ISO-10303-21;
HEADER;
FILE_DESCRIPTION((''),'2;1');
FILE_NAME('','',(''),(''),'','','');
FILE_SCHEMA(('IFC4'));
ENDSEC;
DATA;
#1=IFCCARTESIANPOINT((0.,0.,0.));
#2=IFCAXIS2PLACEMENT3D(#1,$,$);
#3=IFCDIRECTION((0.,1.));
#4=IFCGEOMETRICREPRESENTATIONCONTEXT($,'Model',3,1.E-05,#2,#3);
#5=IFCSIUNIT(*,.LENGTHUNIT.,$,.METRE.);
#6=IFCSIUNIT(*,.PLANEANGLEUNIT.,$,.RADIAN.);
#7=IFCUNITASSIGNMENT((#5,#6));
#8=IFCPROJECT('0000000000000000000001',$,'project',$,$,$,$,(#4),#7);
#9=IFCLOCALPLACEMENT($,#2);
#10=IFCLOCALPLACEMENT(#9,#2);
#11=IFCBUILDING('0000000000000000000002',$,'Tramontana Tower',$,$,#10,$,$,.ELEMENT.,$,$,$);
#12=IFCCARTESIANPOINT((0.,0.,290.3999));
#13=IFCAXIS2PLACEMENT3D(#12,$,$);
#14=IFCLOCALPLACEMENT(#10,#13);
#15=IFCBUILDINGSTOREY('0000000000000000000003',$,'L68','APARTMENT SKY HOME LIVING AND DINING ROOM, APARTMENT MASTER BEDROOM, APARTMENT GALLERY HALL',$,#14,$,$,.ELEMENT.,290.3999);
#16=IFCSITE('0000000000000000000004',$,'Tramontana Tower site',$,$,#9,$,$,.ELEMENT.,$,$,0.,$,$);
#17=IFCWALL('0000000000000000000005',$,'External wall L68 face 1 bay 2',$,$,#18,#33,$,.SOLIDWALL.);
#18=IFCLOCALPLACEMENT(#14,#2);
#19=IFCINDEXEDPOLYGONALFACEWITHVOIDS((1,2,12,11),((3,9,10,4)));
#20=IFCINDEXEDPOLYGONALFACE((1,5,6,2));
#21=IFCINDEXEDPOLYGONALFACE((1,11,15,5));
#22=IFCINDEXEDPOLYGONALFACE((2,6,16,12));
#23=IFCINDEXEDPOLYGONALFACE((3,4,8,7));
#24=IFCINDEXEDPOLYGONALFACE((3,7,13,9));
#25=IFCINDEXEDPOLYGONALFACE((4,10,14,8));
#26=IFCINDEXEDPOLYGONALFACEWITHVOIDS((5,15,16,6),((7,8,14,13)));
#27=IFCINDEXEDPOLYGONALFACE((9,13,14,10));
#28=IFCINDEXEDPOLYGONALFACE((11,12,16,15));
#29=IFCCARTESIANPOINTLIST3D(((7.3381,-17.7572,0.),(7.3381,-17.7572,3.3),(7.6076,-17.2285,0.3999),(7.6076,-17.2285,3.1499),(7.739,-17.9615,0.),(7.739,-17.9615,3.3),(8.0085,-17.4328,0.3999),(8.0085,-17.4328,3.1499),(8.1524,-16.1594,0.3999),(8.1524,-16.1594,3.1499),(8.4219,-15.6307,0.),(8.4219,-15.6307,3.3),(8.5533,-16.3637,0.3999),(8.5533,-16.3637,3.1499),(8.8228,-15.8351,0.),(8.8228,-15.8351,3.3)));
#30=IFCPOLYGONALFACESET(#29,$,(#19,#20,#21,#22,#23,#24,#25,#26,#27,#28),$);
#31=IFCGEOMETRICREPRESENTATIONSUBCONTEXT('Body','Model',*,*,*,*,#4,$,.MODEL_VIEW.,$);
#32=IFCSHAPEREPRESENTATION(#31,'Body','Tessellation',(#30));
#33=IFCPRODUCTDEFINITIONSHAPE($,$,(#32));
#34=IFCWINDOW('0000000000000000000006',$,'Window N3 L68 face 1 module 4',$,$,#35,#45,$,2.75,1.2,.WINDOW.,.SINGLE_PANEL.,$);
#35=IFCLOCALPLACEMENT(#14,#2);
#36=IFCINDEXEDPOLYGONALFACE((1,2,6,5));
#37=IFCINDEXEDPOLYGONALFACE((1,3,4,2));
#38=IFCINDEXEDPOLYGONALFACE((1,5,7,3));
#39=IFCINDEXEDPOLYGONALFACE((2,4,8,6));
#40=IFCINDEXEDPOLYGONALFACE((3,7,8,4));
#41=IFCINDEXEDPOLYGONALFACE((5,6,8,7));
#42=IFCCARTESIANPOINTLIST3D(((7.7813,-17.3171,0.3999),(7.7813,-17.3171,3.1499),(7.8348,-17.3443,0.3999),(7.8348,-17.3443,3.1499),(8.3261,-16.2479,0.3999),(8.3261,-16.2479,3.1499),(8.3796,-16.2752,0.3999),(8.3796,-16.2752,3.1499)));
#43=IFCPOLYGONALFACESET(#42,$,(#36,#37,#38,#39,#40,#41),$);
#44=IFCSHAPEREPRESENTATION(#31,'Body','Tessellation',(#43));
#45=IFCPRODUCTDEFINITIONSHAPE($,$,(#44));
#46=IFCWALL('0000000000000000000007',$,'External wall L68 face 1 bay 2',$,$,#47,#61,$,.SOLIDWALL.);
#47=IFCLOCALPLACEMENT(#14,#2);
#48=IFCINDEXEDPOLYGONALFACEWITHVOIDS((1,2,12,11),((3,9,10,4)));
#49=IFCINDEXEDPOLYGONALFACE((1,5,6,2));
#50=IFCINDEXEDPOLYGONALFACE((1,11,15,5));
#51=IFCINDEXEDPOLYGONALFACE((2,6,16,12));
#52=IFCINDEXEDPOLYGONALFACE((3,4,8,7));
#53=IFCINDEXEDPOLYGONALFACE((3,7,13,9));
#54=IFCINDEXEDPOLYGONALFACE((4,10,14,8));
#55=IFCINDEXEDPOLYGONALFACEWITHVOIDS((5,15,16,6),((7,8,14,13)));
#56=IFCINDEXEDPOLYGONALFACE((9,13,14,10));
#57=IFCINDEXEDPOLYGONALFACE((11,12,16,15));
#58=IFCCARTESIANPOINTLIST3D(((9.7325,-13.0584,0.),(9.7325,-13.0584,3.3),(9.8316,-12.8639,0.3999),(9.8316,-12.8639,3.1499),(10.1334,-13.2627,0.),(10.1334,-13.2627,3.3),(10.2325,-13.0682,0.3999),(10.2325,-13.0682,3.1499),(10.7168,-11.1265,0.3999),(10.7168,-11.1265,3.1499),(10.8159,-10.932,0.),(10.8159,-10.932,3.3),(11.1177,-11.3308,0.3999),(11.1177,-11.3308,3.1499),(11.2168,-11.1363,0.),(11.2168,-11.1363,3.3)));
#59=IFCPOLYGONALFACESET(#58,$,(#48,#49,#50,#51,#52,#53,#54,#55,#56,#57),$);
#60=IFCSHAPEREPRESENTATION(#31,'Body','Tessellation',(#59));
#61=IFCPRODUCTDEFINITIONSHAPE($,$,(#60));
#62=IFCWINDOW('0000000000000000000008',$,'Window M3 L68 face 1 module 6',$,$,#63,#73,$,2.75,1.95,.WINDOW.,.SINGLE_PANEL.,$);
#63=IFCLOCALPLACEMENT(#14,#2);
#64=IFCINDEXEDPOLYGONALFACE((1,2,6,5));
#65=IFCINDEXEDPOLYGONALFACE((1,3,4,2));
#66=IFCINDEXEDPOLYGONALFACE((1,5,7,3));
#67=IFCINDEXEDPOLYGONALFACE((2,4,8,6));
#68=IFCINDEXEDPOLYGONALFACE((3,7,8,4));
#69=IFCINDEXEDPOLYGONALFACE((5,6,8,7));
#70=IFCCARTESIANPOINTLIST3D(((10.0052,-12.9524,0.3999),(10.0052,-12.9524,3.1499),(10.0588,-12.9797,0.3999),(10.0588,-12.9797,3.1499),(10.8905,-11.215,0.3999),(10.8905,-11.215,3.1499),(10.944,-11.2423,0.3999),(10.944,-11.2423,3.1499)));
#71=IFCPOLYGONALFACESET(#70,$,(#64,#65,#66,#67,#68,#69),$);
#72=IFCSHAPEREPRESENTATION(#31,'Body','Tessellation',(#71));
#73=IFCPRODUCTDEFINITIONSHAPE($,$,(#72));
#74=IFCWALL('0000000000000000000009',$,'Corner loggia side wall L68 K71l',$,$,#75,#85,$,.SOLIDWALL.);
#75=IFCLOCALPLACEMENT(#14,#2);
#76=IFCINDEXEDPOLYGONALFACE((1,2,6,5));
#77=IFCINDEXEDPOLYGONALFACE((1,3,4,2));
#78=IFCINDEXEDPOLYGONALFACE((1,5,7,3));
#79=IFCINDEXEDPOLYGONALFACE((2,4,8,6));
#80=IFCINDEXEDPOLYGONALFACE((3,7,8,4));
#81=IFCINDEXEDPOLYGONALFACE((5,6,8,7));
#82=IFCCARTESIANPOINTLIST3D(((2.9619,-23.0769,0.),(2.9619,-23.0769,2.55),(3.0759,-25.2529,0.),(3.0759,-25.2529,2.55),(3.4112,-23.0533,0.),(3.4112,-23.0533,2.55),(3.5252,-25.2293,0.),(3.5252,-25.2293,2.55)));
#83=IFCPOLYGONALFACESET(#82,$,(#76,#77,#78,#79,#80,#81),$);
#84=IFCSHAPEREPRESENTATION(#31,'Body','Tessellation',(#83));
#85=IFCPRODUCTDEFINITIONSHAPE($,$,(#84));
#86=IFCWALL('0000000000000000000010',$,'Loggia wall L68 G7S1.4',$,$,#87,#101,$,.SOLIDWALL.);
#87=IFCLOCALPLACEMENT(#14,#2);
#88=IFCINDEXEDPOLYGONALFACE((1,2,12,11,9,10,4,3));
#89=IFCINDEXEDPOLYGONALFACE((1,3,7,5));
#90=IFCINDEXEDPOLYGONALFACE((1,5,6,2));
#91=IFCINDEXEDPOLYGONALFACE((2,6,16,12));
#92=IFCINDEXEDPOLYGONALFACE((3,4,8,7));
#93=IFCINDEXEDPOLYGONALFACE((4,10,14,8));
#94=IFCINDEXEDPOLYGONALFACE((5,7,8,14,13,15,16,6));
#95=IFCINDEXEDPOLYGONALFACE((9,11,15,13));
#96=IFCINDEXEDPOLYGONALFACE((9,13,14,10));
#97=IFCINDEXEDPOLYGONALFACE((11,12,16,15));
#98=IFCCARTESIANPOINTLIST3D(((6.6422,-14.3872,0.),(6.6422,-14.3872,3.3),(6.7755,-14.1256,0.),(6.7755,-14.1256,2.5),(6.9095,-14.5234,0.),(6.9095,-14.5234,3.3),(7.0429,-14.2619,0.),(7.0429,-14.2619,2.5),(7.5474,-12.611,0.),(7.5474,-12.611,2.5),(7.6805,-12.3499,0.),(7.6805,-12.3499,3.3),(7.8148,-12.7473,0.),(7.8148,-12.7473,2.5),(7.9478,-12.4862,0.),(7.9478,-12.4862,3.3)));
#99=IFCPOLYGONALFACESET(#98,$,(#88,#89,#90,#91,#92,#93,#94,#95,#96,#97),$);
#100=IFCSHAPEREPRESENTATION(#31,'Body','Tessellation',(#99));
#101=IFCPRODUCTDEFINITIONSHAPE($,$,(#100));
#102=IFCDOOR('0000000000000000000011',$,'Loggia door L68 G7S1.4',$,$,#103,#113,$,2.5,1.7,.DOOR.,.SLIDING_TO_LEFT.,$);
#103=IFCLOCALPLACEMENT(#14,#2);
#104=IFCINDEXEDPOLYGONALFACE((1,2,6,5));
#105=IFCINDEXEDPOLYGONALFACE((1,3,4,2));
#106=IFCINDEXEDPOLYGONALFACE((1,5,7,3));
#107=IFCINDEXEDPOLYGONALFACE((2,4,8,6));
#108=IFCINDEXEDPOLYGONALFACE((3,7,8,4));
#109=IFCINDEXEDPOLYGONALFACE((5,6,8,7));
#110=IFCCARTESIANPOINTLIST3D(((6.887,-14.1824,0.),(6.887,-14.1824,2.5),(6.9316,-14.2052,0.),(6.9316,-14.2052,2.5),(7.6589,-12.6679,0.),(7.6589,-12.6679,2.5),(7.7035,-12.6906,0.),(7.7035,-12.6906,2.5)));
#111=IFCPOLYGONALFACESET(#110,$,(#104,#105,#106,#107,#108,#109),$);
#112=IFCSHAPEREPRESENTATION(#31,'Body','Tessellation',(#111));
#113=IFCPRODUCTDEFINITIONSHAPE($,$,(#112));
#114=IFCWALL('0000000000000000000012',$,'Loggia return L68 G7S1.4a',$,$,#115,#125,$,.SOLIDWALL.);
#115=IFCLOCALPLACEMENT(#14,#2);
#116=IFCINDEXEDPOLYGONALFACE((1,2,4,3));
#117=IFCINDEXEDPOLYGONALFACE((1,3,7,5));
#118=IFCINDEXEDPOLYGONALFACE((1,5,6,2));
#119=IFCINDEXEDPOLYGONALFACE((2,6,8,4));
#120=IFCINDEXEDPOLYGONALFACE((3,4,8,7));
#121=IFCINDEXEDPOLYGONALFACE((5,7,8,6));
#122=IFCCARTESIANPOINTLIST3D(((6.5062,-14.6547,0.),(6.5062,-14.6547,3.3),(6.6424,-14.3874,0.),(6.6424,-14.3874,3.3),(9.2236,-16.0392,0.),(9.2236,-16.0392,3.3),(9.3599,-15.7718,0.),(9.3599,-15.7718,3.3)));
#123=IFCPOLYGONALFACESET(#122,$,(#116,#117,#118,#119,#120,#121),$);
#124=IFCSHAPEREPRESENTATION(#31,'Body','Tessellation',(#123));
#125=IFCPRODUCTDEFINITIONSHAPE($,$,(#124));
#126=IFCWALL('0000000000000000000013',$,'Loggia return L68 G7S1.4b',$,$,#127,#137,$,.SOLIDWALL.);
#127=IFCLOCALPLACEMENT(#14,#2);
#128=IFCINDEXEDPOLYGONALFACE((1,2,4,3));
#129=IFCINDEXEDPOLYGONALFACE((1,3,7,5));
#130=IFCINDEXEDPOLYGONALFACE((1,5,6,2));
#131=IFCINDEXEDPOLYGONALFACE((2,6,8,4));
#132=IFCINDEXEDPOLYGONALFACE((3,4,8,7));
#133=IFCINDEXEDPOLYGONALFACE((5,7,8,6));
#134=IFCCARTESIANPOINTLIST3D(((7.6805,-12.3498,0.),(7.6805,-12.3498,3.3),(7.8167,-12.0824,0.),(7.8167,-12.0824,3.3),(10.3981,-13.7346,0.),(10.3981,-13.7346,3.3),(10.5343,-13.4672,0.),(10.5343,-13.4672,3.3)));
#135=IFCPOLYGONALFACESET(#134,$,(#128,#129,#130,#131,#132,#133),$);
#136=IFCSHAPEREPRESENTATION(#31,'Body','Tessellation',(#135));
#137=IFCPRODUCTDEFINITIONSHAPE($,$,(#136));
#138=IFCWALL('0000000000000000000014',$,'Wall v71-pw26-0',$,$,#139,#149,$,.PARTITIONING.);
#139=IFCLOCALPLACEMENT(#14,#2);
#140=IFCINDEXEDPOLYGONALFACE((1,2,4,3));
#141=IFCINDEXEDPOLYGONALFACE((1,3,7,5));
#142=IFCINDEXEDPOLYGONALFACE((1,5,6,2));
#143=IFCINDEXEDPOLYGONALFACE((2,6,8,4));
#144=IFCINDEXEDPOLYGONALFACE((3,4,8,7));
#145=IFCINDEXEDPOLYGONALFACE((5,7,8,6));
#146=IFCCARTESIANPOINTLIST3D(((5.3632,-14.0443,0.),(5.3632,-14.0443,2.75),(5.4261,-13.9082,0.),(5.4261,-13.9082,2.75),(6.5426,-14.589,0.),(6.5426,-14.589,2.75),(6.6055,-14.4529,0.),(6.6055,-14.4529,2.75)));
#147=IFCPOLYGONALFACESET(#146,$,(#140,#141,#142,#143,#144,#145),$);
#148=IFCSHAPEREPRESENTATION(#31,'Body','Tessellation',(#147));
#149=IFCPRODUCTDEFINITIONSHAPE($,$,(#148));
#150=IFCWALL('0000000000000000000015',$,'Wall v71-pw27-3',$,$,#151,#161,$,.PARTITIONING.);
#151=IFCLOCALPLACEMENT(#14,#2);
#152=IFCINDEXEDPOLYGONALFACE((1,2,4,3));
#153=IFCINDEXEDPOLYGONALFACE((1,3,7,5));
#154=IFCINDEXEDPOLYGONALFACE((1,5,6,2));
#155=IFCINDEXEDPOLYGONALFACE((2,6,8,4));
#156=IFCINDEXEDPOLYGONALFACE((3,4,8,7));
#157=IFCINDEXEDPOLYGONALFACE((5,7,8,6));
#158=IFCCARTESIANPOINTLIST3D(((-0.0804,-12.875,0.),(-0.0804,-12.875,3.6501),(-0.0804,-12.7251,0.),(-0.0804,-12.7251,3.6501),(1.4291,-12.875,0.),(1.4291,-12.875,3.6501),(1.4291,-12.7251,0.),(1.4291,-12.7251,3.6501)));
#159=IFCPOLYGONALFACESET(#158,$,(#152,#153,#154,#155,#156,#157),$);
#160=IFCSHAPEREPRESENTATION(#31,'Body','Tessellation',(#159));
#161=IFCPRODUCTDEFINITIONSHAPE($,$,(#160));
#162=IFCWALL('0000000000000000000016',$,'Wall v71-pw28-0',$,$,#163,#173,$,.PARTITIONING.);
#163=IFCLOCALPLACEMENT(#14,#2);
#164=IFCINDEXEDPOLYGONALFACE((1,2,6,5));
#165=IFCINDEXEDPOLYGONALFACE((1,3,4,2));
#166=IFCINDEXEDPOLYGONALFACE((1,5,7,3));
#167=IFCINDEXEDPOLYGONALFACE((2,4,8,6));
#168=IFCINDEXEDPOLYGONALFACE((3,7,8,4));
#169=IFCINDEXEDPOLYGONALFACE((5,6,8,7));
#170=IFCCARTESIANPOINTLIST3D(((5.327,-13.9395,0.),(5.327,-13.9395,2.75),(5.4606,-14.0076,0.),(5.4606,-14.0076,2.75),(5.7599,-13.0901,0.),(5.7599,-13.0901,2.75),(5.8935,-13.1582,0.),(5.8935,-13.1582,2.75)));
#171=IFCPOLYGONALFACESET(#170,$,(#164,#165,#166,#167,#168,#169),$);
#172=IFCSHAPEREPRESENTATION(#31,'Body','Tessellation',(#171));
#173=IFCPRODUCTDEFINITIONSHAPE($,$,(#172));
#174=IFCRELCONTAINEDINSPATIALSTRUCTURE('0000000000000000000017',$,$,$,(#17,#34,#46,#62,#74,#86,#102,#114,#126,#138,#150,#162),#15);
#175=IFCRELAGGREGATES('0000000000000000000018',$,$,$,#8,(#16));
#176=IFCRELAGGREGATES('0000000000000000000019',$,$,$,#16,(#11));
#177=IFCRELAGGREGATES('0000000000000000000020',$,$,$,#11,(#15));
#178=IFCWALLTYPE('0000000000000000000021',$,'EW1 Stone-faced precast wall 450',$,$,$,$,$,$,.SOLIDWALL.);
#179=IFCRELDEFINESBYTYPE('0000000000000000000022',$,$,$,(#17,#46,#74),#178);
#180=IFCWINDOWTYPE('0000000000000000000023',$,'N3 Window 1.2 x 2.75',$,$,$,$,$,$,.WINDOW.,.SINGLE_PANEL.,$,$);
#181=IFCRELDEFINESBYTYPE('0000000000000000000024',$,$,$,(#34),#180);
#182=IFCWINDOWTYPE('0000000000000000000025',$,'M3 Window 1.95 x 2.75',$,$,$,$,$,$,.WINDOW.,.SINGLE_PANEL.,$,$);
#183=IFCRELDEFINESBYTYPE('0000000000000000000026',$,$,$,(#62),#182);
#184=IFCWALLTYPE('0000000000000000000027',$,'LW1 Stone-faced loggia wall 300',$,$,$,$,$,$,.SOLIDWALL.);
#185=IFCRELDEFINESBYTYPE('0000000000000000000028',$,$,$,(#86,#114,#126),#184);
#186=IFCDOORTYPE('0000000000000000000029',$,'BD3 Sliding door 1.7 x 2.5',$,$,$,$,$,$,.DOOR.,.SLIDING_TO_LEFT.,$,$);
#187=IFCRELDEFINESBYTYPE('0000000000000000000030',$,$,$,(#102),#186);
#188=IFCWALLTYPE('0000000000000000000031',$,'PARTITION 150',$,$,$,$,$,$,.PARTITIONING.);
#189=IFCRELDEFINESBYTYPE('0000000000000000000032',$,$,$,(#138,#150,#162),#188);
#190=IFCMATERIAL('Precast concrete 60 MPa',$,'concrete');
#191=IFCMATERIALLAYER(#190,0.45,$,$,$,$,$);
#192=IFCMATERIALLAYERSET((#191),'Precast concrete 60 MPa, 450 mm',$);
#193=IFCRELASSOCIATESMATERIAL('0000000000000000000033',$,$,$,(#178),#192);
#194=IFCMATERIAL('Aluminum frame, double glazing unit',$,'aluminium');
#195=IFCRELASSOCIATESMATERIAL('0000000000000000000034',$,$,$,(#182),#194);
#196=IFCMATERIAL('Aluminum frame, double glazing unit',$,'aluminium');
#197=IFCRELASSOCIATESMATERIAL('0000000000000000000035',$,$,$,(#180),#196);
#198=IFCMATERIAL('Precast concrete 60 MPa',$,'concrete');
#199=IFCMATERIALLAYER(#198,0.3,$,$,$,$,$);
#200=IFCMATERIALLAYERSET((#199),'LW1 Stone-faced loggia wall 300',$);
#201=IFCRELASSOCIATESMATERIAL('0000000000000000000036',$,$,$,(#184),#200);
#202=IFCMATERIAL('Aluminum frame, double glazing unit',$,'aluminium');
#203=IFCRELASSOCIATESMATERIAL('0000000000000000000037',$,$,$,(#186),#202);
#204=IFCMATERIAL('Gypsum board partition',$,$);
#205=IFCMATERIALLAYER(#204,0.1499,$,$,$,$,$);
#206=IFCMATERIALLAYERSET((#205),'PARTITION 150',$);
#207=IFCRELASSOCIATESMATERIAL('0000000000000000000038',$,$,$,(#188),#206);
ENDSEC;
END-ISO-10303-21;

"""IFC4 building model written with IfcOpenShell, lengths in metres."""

from ifc_helpers import new_model, si_unit, direction, frame, frame_2d, origin, place, context, subcontext, project, spatial, rectangle, extrude, material, layer, layer_set, type_object, element, fill, save


model = new_model("IFC4")

# Units and contexts
model_context = context("Model", 3, precision=1e-05, world=origin(), true_north=direction((0.0, 1.0)))
body_context = subcontext(model_context, "Body", "Model", "MODEL_VIEW")
ifc_project = project(units=[si_unit("LENGTHUNIT", "METRE"), si_unit("PLANEANGLEUNIT", "RADIAN")], contexts=[model_context])

# Site, building, storey
site_placement = place(None, origin())
site = spatial("IfcSite", under=ifc_project, at=site_placement, Name="Tramontana Tower site", CompositionType="ELEMENT", RefElevation=0.0)
building_placement = place(site_placement, origin())
building = spatial("IfcBuilding", under=site, at=building_placement, Name="Tramontana Tower", CompositionType="ELEMENT")
storey_placement = place(building_placement, frame((0.0, 0.0, 290.3999)))
storey = spatial("IfcBuildingStorey", under=building, at=storey_placement, Name="L68", Description="APARTMENT SKY HOME LIVING AND DINING ROOM, APARTMENT MASTER BEDROOM, APARTMENT GALLERY HALL", CompositionType="ELEMENT", Elevation=290.3999)

# Shared definitions
ifc_material_1 = material(Name="Precast concrete 60 MPa", Category="concrete")
ifc_layer_1 = layer(ifc_material_1, 0.45)
ifc_layer_set_1 = layer_set([ifc_layer_1], Name="Precast concrete 60 MPa, 450 mm")
wall_type_1 = type_object("IfcWallType", Name="EW1 Stone-faced precast wall 450", PredefinedType="SOLIDWALL", material=ifc_layer_set_1)
ifc_material_2 = material(Name="Aluminum frame, double glazing unit", Category="aluminium")
window_type_1 = type_object("IfcWindowType", Name="M3 Window 1.95 x 2.75", PartitioningType="SINGLE_PANEL", PredefinedType="WINDOW", material=ifc_material_2)

# Walls, openings, windows
wall_1_placement = place(storey_placement, frame((7.5386, -17.8594, 0.0), z_axis=(0.0, 0.0, 1.0), x_axis=(0.454074, 0.890964, 0.0)))
wall_1 = element("IfcWall", 1, at=wall_1_placement, inside=storey, type_object=wall_type_1, Name="External wall L68 face 1 bay 2", PredefinedType="SOLIDWALL", context=body_context, shape_type="SweptSolid", body=[
    extrude(rectangle(XDim=2.3867, YDim=0.45, at=frame_2d((1.1934, 0.0))), origin(), (0.0, 0.0, 1.0), 3.3),
])
opening_1_placement = place(wall_1_placement, frame((0.5933, 0.0, 0.3999)))
opening_1 = element("IfcOpeningElement", 2, at=opening_1_placement, cuts=wall_1, PredefinedType="OPENING", context=body_context, shape_type="SweptSolid", body=[
    extrude(rectangle(XDim=1.2, YDim=2.75, at=frame_2d((0.6001, 1.375))), frame((0.0, 0.2349, 0.0), z_axis=(0.0, -1.0, 0.0), x_axis=(1.0, 0.0, 0.0)), (0.0, 0.0, 1.0), 0.47),
])
ifc_material_3 = material(Name="Aluminum frame, double glazing unit", Category="aluminium")
window_type_2 = type_object("IfcWindowType", Name="N3 Window 1.2 x 2.75", PartitioningType="SINGLE_PANEL", PredefinedType="WINDOW", material=ifc_material_3)
window_1_placement = place(opening_1_placement, origin())
window_1 = element("IfcWindow", 3, at=window_1_placement, inside=storey, type_object=window_type_2, Name="Window N3 L68 face 1 module 4", OverallHeight=2.75, OverallWidth=1.2, PartitioningType="SINGLE_PANEL", PredefinedType="WINDOW", context=body_context, shape_type="SweptSolid", body=[
    extrude(rectangle(XDim=1.2, YDim=2.75, at=frame_2d((0.6001, 1.375))), frame((0.0, 0.03, 0.0), z_axis=(0.0, -1.0, 0.0), x_axis=(1.0, 0.0, 0.0)), (0.0, 0.0, 1.0), 0.0601),
])
fill(opening_1, window_1)
wall_2_placement = place(storey_placement, frame((9.9329, -13.1606, 0.0), z_axis=(0.0, 0.0, 1.0), x_axis=(0.453993, 0.891005, 0.0)))
wall_2 = element("IfcWall", 4, at=wall_2_placement, inside=storey, type_object=wall_type_1, Name="External wall L68 face 1 bay 2", PredefinedType="SOLIDWALL", context=body_context, shape_type="SweptSolid", body=[
    extrude(rectangle(XDim=2.3865, YDim=0.45, at=frame_2d((1.1934, 0.0))), origin(), (0.0, 0.0, 1.0), 3.3),
])
opening_2_placement = place(wall_2_placement, frame((0.2183, 0.0, 0.3999)))
opening_2 = element("IfcOpeningElement", 5, at=opening_2_placement, cuts=wall_2, PredefinedType="OPENING", context=body_context, shape_type="SweptSolid", body=[
    extrude(rectangle(XDim=1.95, YDim=2.75, at=frame_2d((0.9751, 1.375))), frame((0.0, 0.2349, 0.0), z_axis=(0.0, -1.0, 0.0), x_axis=(1.0, 0.0, 0.0)), (0.0, 0.0, 1.0), 0.47),
])
window_2_placement = place(opening_2_placement, origin())
window_2 = element("IfcWindow", 6, at=window_2_placement, inside=storey, type_object=window_type_1, Name="Window M3 L68 face 1 module 6", OverallHeight=2.75, OverallWidth=1.95, PartitioningType="SINGLE_PANEL", PredefinedType="WINDOW", context=body_context, shape_type="SweptSolid", body=[
    extrude(rectangle(XDim=1.95, YDim=2.75, at=frame_2d((0.9751, 1.375))), frame((0.0, 0.03, 0.0), z_axis=(0.0, -1.0, 0.0), x_axis=(1.0, 0.0, 0.0)), (0.0, 0.0, 1.0), 0.0601),
])
fill(opening_2, window_2)

# Wall
wall_3_placement = place(storey_placement, frame((3.3005, -25.241, 0.0), z_axis=(0.0, 0.0, 1.0), x_axis=(-0.052324, 0.99863, 0.0)))
element("IfcWall", 7, at=wall_3_placement, inside=storey, type_object=wall_type_1, Name="Corner loggia side wall L68 K71l", PredefinedType="SOLIDWALL", context=body_context, shape_type="SweptSolid", body=[
    extrude(rectangle(XDim=2.179, YDim=0.45, at=frame_2d((1.0894, 0.0))), origin(), (0.0, 0.0, 1.0), 2.55),
])

# Wall, opening, door
ifc_material_4 = material(Name="Precast concrete 60 MPa", Category="concrete")
ifc_layer_2 = layer(ifc_material_4, 0.3)
ifc_layer_set_2 = layer_set([ifc_layer_2], Name="LW1 Stone-faced loggia wall 300")
wall_type_2 = type_object("IfcWallType", Name="LW1 Stone-faced loggia wall 300", PredefinedType="SOLIDWALL", material=ifc_layer_set_2)
wall_4_placement = place(storey_placement, frame((6.7759, -14.4553, 0.0), z_axis=(0.0, 0.0, 1.0), x_axis=(0.454076, 0.890963, 0.0)))
wall_4 = element("IfcWall", 8, at=wall_4_placement, inside=storey, type_object=wall_type_2, Name="Loggia wall L68 G7S1.4", PredefinedType="SOLIDWALL", context=body_context, shape_type="SweptSolid", body=[
    extrude(rectangle(XDim=2.2866, YDim=0.3, at=frame_2d((1.1433, 0.0))), origin(), (0.0, 0.0, 1.0), 3.3),
])
opening_3_placement = place(wall_4_placement, frame((0.2935, 0.0, 0.0)))
opening_3 = element("IfcOpeningElement", 9, at=opening_3_placement, cuts=wall_4, PredefinedType="OPENING", context=body_context, shape_type="SweptSolid", body=[
    extrude(rectangle(XDim=1.7, YDim=2.5, at=frame_2d((0.8501, 1.25))), frame((0.0, 0.1599, 0.0), z_axis=(0.0, -1.0, 0.0), x_axis=(1.0, 0.0, 0.0)), (0.0, 0.0, 1.0), 0.3201),
])
ifc_material_5 = material(Name="Aluminum frame, double glazing unit", Category="aluminium")
door_type_1 = type_object("IfcDoorType", Name="BD3 Sliding door 1.7 x 2.5", OperationType="SLIDING_TO_LEFT", PredefinedType="DOOR", material=ifc_material_5)
door_1_placement = place(opening_3_placement, origin())
door_1 = element("IfcDoor", 10, at=door_1_placement, inside=storey, type_object=door_type_1, Name="Loggia door L68 G7S1.4", OperationType="SLIDING_TO_LEFT", OverallHeight=2.5, OverallWidth=1.7, PredefinedType="DOOR", context=body_context, shape_type="SweptSolid", body=[
    extrude(rectangle(XDim=1.7, YDim=2.5, at=frame_2d((0.8501, 1.25))), frame((0.0, 0.0249, 0.0), z_axis=(0.0, -1.0, 0.0), x_axis=(1.0, 0.0, 0.0)), (0.0, 0.0, 1.0), 0.05),
])
fill(opening_3, door_1)

# Walls
wall_5_placement = place(storey_placement, frame((9.2917, -15.9055, 0.0), z_axis=(0.0, 0.0, 1.0), x_axis=(-0.891024, 0.453957, 0.0)))
element("IfcWall", 11, at=wall_5_placement, inside=storey, type_object=wall_type_2, Name="Loggia return L68 G7S1.4a", PredefinedType="SOLIDWALL", context=body_context, shape_type="SweptSolid", body=[
    extrude(rectangle(XDim=3.0498, YDim=0.3, at=frame_2d((1.5249, 0.0))), origin(), (0.0, 0.0, 1.0), 3.3),
])
wall_6_placement = place(storey_placement, frame((10.4661, -13.6008, 0.0), z_axis=(0.0, 0.0, 1.0), x_axis=(-0.890991, 0.454021, 0.0)))
element("IfcWall", 12, at=wall_6_placement, inside=storey, type_object=wall_type_2, Name="Loggia return L68 G7S1.4b", PredefinedType="SOLIDWALL", context=body_context, shape_type="SweptSolid", body=[
    extrude(rectangle(XDim=3.05, YDim=0.3, at=frame_2d((1.5249, 0.0))), origin(), (0.0, 0.0, 1.0), 3.3),
])
ifc_material_6 = material(Name="Gypsum board partition")
ifc_layer_3 = layer(ifc_material_6, 0.1499)
ifc_layer_set_3 = layer_set([ifc_layer_3], Name="PARTITION 150")
wall_type_3 = type_object("IfcWallType", Name="PARTITION 150", PredefinedType="PARTITIONING", material=ifc_layer_set_3)
wall_7_placement = place(storey_placement, frame((5.3948, -13.9763, 0.0), z_axis=(0.0, 0.0, 1.0), x_axis=(0.907866, -0.419261, 0.0)))
element("IfcWall", 13, at=wall_7_placement, inside=storey, type_object=wall_type_3, Name="Wall v71-pw26-0", PredefinedType="PARTITIONING", context=body_context, shape_type="SweptSolid", body=[
    extrude(rectangle(XDim=1.2991, YDim=0.1499, at=frame_2d((0.6494, 0.0))), origin(), (0.0, 0.0, 1.0), 2.75),
])

# Walls
wall_8_placement = place(storey_placement, frame((1.4292, -12.8, 0.0), z_axis=(0.0, 0.0, 1.0), x_axis=(-1.0, 0.0, 0.0)))
element("IfcWall", 14, at=wall_8_placement, inside=storey, type_object=wall_type_3, Name="Wall v71-pw27-3", PredefinedType="PARTITIONING", context=body_context, shape_type="SweptSolid", body=[
    extrude(rectangle(XDim=1.5095, YDim=0.1499, at=frame_2d((0.7549, 0.0))), origin(), (0.0, 0.0, 1.0), 3.6501),
])
wall_9_placement = place(storey_placement, frame((5.8267, -13.1243, 0.0), z_axis=(0.0, 0.0, 1.0), x_axis=(-0.454064, -0.890969, 0.0)))
element("IfcWall", 15, at=wall_9_placement, inside=storey, type_object=wall_type_3, Name="Wall v71-pw28-0", PredefinedType="PARTITIONING", context=body_context, shape_type="SweptSolid", body=[
    extrude(rectangle(XDim=0.9534, YDim=0.1499, at=frame_2d((0.4766, 0.0))), origin(), (0.0, 0.0, 1.0), 2.75),
])

save(model, "model.ifc")
